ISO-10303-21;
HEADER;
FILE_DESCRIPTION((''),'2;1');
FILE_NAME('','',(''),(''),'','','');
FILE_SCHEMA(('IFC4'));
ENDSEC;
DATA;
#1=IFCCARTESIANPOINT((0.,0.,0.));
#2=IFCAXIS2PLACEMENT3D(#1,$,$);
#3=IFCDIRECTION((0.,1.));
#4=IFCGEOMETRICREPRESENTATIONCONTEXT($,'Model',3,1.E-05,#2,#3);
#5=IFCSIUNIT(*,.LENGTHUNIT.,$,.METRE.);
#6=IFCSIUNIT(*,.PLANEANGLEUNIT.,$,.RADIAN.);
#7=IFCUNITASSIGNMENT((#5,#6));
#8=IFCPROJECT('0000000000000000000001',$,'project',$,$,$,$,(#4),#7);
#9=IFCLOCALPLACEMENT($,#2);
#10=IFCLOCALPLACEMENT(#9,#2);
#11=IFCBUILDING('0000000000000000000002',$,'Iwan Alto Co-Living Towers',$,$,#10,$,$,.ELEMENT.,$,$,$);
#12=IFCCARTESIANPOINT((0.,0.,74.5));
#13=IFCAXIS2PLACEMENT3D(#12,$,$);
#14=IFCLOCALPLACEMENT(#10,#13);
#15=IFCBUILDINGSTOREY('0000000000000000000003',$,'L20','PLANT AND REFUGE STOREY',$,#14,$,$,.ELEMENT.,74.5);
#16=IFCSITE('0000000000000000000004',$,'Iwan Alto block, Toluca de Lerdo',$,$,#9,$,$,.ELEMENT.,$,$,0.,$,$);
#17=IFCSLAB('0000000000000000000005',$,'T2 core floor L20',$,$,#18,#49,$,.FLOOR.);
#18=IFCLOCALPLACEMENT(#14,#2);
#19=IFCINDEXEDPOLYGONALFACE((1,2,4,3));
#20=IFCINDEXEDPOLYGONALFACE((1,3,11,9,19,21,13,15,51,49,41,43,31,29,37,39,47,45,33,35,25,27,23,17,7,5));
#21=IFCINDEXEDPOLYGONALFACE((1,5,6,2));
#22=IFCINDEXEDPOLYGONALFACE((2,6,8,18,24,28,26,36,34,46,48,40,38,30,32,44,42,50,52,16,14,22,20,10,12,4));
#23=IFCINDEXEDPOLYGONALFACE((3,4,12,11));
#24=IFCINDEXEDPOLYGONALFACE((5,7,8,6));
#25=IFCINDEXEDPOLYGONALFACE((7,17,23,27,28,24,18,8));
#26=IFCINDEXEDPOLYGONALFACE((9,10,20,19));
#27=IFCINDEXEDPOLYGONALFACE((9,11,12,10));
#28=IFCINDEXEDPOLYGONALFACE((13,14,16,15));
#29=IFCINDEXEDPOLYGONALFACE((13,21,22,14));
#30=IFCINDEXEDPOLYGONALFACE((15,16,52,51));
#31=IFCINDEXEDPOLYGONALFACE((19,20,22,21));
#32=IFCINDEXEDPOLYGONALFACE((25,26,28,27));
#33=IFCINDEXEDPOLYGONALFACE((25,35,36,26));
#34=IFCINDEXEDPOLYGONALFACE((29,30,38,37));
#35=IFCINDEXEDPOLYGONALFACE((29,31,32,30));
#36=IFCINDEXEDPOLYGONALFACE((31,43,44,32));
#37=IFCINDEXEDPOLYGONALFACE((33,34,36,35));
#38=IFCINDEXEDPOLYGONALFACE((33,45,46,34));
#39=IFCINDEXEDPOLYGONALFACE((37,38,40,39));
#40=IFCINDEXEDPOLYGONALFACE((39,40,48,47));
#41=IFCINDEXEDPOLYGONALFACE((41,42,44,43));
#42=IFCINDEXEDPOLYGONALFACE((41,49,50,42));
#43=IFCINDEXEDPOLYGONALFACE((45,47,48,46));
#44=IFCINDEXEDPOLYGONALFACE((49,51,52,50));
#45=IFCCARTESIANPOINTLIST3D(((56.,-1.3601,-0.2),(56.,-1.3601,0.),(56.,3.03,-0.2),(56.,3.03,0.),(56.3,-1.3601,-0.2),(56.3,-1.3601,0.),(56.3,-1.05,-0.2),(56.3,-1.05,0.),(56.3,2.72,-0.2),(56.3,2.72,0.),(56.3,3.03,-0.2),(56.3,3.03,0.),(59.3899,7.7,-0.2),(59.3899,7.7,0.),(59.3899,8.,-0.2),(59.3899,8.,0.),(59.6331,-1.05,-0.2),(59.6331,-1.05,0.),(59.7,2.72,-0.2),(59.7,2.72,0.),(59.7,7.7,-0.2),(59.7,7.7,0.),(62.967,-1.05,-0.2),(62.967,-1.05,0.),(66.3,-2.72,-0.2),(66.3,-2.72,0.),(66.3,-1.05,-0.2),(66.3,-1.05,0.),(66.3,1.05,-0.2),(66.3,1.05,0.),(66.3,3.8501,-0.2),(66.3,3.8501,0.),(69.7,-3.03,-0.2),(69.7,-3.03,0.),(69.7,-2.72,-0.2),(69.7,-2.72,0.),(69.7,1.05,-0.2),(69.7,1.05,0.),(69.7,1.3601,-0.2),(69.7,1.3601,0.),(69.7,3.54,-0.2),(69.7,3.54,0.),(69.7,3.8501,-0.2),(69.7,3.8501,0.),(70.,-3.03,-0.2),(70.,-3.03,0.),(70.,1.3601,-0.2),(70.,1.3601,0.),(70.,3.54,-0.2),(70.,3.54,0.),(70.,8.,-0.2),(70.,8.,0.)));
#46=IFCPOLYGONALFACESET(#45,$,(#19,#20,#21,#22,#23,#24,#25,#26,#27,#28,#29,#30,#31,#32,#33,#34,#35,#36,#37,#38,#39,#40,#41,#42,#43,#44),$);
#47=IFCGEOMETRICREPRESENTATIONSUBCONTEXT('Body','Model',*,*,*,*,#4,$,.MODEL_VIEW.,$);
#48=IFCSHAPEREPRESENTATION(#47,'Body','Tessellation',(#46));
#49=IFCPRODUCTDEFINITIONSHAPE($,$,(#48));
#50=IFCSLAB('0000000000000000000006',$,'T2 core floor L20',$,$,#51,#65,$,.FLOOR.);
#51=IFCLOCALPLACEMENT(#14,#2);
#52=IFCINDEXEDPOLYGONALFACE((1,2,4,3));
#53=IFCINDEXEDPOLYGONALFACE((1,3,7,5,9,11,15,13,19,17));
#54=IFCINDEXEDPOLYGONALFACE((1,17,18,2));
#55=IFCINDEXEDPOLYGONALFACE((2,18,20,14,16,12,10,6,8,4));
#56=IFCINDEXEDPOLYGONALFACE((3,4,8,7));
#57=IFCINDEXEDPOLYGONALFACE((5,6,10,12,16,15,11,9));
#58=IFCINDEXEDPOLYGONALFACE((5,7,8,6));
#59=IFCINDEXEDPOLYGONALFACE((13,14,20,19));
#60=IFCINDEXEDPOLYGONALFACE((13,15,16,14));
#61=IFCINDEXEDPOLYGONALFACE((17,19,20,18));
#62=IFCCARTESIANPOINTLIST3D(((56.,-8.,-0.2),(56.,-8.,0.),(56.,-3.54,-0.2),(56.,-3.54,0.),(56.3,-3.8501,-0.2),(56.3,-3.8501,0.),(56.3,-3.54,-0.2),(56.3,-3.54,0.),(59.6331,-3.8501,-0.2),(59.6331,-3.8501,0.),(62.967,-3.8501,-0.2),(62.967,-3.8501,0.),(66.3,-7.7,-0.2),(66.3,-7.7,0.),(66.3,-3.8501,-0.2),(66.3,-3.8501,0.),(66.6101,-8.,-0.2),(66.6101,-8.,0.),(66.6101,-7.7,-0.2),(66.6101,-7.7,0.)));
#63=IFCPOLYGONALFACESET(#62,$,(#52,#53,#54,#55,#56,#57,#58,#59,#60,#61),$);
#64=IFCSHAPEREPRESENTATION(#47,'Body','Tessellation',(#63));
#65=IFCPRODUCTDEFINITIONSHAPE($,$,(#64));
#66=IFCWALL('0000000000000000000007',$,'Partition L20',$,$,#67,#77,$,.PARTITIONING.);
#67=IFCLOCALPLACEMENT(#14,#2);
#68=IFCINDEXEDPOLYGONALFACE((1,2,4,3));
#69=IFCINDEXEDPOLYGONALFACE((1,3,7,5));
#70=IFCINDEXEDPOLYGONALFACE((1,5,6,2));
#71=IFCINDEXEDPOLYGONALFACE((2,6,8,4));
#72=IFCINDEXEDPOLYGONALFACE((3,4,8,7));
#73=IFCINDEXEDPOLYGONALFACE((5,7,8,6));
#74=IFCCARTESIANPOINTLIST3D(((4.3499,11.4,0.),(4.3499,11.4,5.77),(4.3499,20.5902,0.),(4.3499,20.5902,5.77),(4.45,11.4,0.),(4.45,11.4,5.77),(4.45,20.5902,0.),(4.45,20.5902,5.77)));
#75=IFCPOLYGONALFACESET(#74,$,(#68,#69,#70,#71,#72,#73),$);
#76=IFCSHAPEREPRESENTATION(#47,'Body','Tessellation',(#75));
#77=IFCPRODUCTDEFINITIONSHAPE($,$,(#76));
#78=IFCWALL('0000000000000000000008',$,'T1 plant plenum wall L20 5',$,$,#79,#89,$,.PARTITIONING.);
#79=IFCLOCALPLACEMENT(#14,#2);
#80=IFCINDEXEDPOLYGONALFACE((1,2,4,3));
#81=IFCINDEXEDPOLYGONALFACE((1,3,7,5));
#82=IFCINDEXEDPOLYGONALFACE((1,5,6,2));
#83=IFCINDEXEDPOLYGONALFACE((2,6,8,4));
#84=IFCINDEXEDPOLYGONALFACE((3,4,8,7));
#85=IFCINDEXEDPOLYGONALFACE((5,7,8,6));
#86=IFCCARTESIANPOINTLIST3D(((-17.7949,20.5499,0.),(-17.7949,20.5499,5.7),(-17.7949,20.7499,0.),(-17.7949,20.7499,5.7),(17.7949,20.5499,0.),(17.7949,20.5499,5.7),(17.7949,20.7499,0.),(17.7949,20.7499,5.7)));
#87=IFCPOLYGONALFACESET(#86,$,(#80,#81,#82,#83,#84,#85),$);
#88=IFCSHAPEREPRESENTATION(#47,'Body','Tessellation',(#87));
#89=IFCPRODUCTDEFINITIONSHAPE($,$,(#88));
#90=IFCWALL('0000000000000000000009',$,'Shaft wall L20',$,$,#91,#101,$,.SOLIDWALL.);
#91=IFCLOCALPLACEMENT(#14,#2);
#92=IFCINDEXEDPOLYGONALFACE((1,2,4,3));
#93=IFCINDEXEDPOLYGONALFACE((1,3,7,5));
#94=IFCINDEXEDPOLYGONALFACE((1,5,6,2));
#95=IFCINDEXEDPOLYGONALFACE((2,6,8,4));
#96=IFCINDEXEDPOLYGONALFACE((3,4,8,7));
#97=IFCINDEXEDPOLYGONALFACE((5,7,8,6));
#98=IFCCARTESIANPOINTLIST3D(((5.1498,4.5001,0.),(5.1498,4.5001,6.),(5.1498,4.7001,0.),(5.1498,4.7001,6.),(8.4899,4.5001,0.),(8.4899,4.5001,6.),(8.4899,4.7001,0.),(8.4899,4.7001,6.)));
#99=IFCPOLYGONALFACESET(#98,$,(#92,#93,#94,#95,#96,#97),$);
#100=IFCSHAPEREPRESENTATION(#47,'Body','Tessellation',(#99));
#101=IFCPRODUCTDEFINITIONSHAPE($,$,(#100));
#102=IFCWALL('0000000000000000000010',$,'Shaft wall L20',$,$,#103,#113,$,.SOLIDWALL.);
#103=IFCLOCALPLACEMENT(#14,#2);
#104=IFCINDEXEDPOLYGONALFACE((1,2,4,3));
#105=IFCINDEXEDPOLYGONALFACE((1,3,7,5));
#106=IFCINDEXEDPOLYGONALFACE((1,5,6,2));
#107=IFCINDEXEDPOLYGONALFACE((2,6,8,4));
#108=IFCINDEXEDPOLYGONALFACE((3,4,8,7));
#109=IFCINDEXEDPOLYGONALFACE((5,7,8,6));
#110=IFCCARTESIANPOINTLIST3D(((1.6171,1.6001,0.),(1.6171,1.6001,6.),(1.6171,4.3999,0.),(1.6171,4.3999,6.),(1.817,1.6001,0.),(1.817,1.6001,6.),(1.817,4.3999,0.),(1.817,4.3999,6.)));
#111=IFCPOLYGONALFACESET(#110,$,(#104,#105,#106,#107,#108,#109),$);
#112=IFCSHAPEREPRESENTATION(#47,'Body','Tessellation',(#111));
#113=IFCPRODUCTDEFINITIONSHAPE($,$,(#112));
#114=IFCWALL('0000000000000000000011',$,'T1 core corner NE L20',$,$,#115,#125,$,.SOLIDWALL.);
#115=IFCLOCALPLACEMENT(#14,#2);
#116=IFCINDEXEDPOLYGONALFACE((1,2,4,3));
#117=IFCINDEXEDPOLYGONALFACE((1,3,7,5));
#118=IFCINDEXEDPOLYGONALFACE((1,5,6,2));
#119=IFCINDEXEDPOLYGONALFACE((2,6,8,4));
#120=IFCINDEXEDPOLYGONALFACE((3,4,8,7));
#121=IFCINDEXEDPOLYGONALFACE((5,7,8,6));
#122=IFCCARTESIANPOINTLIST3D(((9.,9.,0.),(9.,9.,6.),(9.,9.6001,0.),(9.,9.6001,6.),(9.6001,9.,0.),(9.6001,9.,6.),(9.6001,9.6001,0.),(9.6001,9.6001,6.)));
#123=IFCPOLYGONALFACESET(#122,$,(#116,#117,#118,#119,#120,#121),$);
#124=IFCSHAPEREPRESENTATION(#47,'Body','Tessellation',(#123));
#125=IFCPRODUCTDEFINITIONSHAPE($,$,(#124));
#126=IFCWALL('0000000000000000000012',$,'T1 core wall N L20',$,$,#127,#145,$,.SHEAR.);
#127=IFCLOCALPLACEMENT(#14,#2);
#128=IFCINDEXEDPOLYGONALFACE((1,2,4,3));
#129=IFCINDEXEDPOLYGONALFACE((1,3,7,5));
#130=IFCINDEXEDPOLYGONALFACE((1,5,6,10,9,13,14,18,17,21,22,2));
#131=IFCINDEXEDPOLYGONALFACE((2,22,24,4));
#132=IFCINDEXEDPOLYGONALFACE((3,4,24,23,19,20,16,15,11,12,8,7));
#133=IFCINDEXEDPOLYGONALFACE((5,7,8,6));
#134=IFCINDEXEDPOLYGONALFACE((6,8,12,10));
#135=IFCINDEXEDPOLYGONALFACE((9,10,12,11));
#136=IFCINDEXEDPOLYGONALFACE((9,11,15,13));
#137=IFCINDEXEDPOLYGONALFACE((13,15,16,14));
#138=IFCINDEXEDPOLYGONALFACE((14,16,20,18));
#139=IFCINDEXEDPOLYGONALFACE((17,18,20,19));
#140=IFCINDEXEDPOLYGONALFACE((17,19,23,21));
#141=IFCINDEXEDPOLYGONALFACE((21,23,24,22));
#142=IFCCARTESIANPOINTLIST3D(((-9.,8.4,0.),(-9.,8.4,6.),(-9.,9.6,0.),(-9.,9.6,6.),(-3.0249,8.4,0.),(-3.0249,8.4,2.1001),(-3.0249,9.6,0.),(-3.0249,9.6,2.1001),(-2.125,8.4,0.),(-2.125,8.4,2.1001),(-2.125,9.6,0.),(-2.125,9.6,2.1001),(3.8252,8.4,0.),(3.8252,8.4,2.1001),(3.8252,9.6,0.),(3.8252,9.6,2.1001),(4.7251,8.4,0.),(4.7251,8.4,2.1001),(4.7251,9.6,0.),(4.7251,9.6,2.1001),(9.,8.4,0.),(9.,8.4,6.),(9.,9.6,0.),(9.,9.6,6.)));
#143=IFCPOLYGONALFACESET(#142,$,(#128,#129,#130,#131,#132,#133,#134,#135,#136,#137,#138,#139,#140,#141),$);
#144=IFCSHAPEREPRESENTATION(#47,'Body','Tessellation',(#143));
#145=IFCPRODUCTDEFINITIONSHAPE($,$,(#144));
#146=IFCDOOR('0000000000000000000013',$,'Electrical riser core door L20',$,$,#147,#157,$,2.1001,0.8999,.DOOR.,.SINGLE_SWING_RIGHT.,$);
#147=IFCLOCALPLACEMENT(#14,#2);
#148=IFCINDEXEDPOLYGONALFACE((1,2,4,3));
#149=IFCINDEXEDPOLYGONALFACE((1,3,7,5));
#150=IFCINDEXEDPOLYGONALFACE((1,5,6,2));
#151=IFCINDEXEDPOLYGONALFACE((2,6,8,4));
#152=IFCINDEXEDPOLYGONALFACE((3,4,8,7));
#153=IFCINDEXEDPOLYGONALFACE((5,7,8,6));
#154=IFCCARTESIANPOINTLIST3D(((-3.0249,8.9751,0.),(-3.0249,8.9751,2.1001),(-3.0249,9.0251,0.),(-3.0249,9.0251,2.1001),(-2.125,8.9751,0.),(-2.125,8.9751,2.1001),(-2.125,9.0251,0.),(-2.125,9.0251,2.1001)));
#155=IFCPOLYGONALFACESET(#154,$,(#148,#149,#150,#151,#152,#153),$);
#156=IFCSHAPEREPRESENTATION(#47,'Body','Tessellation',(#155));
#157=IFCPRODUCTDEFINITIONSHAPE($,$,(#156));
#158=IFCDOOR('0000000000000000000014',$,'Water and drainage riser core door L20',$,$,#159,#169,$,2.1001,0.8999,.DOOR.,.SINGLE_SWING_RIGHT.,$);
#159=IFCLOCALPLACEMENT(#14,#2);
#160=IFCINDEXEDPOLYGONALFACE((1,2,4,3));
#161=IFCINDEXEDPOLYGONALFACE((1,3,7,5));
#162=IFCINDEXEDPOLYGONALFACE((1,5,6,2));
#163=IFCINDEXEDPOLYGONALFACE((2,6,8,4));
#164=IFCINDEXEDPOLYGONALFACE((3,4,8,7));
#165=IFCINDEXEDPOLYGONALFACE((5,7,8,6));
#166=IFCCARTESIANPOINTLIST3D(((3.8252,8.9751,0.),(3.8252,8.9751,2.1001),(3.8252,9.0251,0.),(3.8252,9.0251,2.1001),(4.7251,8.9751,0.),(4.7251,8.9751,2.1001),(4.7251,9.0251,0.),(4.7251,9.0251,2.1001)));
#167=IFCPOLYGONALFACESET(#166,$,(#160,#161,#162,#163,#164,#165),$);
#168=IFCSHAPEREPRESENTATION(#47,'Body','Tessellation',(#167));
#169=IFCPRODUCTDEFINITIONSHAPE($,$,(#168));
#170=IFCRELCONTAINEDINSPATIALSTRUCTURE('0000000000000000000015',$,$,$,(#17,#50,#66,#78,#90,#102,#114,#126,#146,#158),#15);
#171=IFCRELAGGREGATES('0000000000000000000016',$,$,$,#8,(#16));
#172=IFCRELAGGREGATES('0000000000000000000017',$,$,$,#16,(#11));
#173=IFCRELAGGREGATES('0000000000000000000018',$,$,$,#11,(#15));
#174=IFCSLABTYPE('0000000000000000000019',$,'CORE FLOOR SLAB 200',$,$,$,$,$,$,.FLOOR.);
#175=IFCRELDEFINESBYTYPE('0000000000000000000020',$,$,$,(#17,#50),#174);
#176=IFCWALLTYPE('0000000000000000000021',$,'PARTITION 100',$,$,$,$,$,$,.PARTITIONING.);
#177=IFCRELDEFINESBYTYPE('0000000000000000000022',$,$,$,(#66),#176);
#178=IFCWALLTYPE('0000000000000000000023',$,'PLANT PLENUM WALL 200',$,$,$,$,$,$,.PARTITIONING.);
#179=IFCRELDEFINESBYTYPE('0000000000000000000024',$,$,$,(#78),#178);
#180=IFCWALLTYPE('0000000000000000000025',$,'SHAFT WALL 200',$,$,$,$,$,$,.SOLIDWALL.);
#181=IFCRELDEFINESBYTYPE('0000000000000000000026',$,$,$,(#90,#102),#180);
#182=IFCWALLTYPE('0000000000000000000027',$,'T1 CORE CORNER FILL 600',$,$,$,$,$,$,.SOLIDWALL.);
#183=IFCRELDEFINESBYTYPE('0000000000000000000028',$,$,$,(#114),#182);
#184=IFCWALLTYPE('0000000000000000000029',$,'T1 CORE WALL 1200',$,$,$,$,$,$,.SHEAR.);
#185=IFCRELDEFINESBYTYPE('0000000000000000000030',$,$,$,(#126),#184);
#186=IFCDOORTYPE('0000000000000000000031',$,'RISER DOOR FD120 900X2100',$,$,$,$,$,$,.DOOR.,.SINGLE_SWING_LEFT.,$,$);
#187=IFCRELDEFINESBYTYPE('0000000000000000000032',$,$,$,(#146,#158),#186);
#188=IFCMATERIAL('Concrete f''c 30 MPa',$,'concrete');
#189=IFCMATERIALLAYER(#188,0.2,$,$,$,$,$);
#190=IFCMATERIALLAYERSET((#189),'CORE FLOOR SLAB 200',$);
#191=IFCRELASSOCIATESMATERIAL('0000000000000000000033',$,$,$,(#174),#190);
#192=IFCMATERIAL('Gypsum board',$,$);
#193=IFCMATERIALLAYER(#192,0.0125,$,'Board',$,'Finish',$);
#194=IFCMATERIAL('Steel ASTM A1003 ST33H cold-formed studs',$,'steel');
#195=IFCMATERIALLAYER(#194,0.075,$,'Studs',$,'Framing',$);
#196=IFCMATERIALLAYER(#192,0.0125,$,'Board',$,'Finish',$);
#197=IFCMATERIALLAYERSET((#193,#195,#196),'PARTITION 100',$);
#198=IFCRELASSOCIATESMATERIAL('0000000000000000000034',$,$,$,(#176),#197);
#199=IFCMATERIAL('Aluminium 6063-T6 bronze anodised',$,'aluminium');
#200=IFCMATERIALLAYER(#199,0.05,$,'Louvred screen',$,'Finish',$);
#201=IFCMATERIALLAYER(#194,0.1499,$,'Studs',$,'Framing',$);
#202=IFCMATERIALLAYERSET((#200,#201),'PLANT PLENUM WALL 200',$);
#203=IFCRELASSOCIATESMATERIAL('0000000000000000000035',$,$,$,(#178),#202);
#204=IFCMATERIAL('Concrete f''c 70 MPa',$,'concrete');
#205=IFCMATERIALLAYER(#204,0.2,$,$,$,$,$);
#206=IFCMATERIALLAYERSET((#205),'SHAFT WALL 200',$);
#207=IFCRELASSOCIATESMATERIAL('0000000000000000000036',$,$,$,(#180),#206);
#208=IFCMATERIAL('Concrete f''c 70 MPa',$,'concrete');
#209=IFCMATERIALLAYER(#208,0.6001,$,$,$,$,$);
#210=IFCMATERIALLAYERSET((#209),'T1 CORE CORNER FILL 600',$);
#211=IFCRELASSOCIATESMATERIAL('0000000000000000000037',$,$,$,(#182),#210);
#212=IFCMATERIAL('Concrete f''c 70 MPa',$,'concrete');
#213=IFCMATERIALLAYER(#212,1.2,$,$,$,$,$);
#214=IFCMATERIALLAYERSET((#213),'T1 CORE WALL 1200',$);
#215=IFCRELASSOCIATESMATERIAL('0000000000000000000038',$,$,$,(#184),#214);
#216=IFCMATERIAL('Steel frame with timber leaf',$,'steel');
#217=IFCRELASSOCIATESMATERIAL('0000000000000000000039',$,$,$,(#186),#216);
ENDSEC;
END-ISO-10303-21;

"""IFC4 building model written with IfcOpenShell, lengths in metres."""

from ifc_helpers import new_model, si_unit, direction, frame, frame_2d, origin, place, context, subcontext, project, spatial, polyline, rectangle, outline, extrude, material, layer, layer_set, type_object, element, fill, save


model = new_model("IFC4")

# Units and contexts
model_context = context("Model", 3, precision=1e-05, world=origin(), true_north=direction((0.0, 1.0)))
body_context = subcontext(model_context, "Body", "Model", "MODEL_VIEW")
ifc_project = project(units=[si_unit("LENGTHUNIT", "METRE"), si_unit("PLANEANGLEUNIT", "RADIAN")], contexts=[model_context])

# Site, building, storey
site_placement = place(None, origin())
site = spatial("IfcSite", under=ifc_project, at=site_placement, Name="Iwan Alto block, Toluca de Lerdo", CompositionType="ELEMENT", RefElevation=0.0)
building_placement = place(site_placement, origin())
building = spatial("IfcBuilding", under=site, at=building_placement, Name="Iwan Alto Co-Living Towers", CompositionType="ELEMENT")
storey_placement = place(building_placement, frame((0.0, 0.0, 74.5)))
storey = spatial("IfcBuildingStorey", under=building, at=storey_placement, Name="L20", Description="PLANT AND REFUGE STOREY", CompositionType="ELEMENT", Elevation=74.5)

# Slabs
ifc_material_1 = material(Name="Concrete f'c 30 MPa", Category="concrete")
ifc_layer_1 = layer(ifc_material_1, 0.2)
ifc_layer_set_1 = layer_set([ifc_layer_1], Name="CORE FLOOR SLAB 200")
slab_type = type_object("IfcSlabType", Name="CORE FLOOR SLAB 200", PredefinedType="FLOOR", material=ifc_layer_set_1)
slab_1_placement = place(storey_placement, frame((0.0, 0.0, -0.2)))
element("IfcSlab", 1, at=slab_1_placement, inside=storey, type_object=slab_type, Name="T2 core floor L20", PredefinedType="FLOOR", context=body_context, shape_type="SweptSolid", body=[
    extrude(outline(polyline([(70.0, -3.03), (69.7, -3.03), (69.7, -2.72), (66.3, -2.72), (66.3, -1.05), (62.967, -1.05), (59.6331, -1.05), (56.3, -1.05), (56.3, -1.3601), (56.0, -1.3601), (56.0, 3.03), (56.3, 3.03), (56.3, 2.72), (59.7, 2.72), (59.7, 7.7), (59.3899, 7.7), (59.3899, 8.0), (70.0, 8.0), (70.0, 3.54), (69.7, 3.54), (69.7, 3.8501), (66.3, 3.8501), (66.3, 1.05), (69.7, 1.05), (69.7, 1.3601), (70.0, 1.3601), (70.0, -3.03)])), origin(), (0.0, 0.0, 1.0), 0.2),
])
slab_2_placement = place(storey_placement, frame((0.0, 0.0, -0.2)))
element("IfcSlab", 2, at=slab_2_placement, inside=storey, type_object=slab_type, Name="T2 core floor L20", PredefinedType="FLOOR", context=body_context, shape_type="SweptSolid", body=[
    extrude(outline(polyline([(62.967, -3.8501), (66.3, -3.8501), (66.3, -7.7), (66.6101, -7.7), (66.6101, -8.0), (56.0, -8.0), (56.0, -3.54), (56.3, -3.54), (56.3, -3.8501), (59.6331, -3.8501), (62.967, -3.8501)])), origin(), (0.0, 0.0, 1.0), 0.2),
])

# Walls
ifc_material_2 = material(Name="Gypsum board")
ifc_layer_2 = layer(ifc_material_2, 0.0125, Name="Board", Category="Finish")
ifc_material_3 = material(Name="Steel ASTM A1003 ST33H cold-formed studs", Category="steel")
ifc_layer_3 = layer(ifc_material_3, 0.075, Name="Studs", Category="Framing")
ifc_layer_4 = layer(ifc_material_2, 0.0125, Name="Board", Category="Finish")
ifc_layer_set_2 = layer_set([ifc_layer_2, ifc_layer_3, ifc_layer_4], Name="PARTITION 100")
wall_type_1 = type_object("IfcWallType", Name="PARTITION 100", PredefinedType="PARTITIONING", material=ifc_layer_set_2)
wall_1_placement = place(storey_placement, frame((4.3999, 11.3999, 0.0), z_axis=(0.0, 0.0, 1.0), x_axis=(0.0, 1.0, 0.0)))
element("IfcWall", 3, at=wall_1_placement, inside=storey, type_object=wall_type_1, Name="Partition L20", PredefinedType="PARTITIONING", context=body_context, shape_type="SweptSolid", body=[
    extrude(rectangle(XDim=9.1902, YDim=0.1001, at=frame_2d((4.5952, 0.0))), origin(), (0.0, 0.0, 1.0), 5.77),
])
ifc_material_4 = material(Name="Aluminium 6063-T6 bronze anodised", Category="aluminium")
ifc_layer_5 = layer(ifc_material_4, 0.05, Name="Louvred screen", Category="Finish")
ifc_layer_6 = layer(ifc_material_3, 0.1499, Name="Studs", Category="Framing")
ifc_layer_set_3 = layer_set([ifc_layer_5, ifc_layer_6], Name="PLANT PLENUM WALL 200")
wall_type_2 = type_object("IfcWallType", Name="PLANT PLENUM WALL 200", PredefinedType="PARTITIONING", material=ifc_layer_set_3)
wall_2_placement = place(storey_placement, frame((17.7949, 20.6499, 0.0), z_axis=(0.0, 0.0, 1.0), x_axis=(-1.0, 0.0, 0.0)))
element("IfcWall", 4, at=wall_2_placement, inside=storey, type_object=wall_type_2, Name="T1 plant plenum wall L20 5", PredefinedType="PARTITIONING", context=body_context, shape_type="SweptSolid", body=[
    extrude(rectangle(XDim=35.5898, YDim=0.2, at=frame_2d((17.7949, 0.0))), origin(), (0.0, 0.0, 1.0), 5.7),
])
ifc_material_5 = material(Name="Concrete f'c 70 MPa", Category="concrete")
ifc_layer_7 = layer(ifc_material_5, 0.2)
ifc_layer_set_4 = layer_set([ifc_layer_7], Name="SHAFT WALL 200")
wall_type_3 = type_object("IfcWallType", Name="SHAFT WALL 200", PredefinedType="SOLIDWALL", material=ifc_layer_set_4)
wall_3_placement = place(storey_placement, frame((5.1499, 4.6001, 0.0), z_axis=(0.0, 0.0, 1.0), x_axis=(1.0, 0.0, 0.0)))
element("IfcWall", 5, at=wall_3_placement, inside=storey, type_object=wall_type_3, Name="Shaft wall L20", PredefinedType="SOLIDWALL", context=body_context, shape_type="SweptSolid", body=[
    extrude(rectangle(XDim=3.3401, YDim=0.2, at=frame_2d((1.6699, 0.0))), origin(), (0.0, 0.0, 1.0), 6.0),
])
wall_4_placement = place(storey_placement, frame((1.717, 1.6001, 0.0), z_axis=(0.0, 0.0, 1.0), x_axis=(0.0, 1.0, 0.0)))
element("IfcWall", 6, at=wall_4_placement, inside=storey, type_object=wall_type_3, Name="Shaft wall L20", PredefinedType="SOLIDWALL", context=body_context, shape_type="SweptSolid", body=[
    extrude(rectangle(XDim=2.7998, YDim=0.2, at=frame_2d((1.3999, 0.0))), origin(), (0.0, 0.0, 1.0), 6.0),
])
ifc_material_6 = material(Name="Concrete f'c 70 MPa", Category="concrete")
ifc_layer_8 = layer(ifc_material_6, 0.6001)
ifc_layer_set_5 = layer_set([ifc_layer_8], Name="T1 CORE CORNER FILL 600")
wall_type_4 = type_object("IfcWallType", Name="T1 CORE CORNER FILL 600", PredefinedType="SOLIDWALL", material=ifc_layer_set_5)
wall_5_placement = place(storey_placement, frame((9.0, 9.3, 0.0), z_axis=(0.0, 0.0, 1.0), x_axis=(1.0, 0.0, 0.0)))
element("IfcWall", 7, at=wall_5_placement, inside=storey, type_object=wall_type_4, Name="T1 core corner NE L20", PredefinedType="SOLIDWALL", context=body_context, shape_type="SweptSolid", body=[
    extrude(rectangle(XDim=0.6001, YDim=0.6001, at=frame_2d((0.3, 0.0))), origin(), (0.0, 0.0, 1.0), 6.0),
])

# Wall, openings, doors
ifc_material_7 = material(Name="Concrete f'c 70 MPa", Category="concrete")
ifc_layer_9 = layer(ifc_material_7, 1.2)
ifc_layer_set_6 = layer_set([ifc_layer_9], Name="T1 CORE WALL 1200")
wall_type_5 = type_object("IfcWallType", Name="T1 CORE WALL 1200", PredefinedType="SHEAR", material=ifc_layer_set_6)
wall_6_placement = place(storey_placement, frame((9.0, 9.0, 0.0), z_axis=(0.0, 0.0, 1.0), x_axis=(-1.0, 0.0, 0.0)))
wall_6 = element("IfcWall", 8, at=wall_6_placement, inside=storey, type_object=wall_type_5, Name="T1 core wall N L20", PredefinedType="SHEAR", context=body_context, shape_type="SweptSolid", body=[
    extrude(rectangle(XDim=18.0, YDim=1.2, at=frame_2d((9.0, 0.0))), origin(), (0.0, 0.0, 1.0), 6.0),
])
opening_1_placement = place(wall_6_placement, frame((11.125, 0.0, 0.0)))
opening_1 = element("IfcOpeningElement", 9, at=opening_1_placement, cuts=wall_6, PredefinedType="OPENING", context=body_context, shape_type="SweptSolid", body=[
    extrude(rectangle(XDim=0.8999, YDim=2.1001, at=frame_2d((0.45, 1.05))), frame((0.0, 0.6099, 0.0), z_axis=(0.0, -1.0, 0.0), x_axis=(1.0, 0.0, 0.0)), (0.0, 0.0, 1.0), 1.22),
])
opening_2_placement = place(wall_6_placement, frame((4.2749, 0.0, 0.0)))
opening_2 = element("IfcOpeningElement", 10, at=opening_2_placement, cuts=wall_6, PredefinedType="OPENING", context=body_context, shape_type="SweptSolid", body=[
    extrude(rectangle(XDim=0.8999, YDim=2.1001, at=frame_2d((0.45, 1.05))), frame((0.0, 0.6099, 0.0), z_axis=(0.0, -1.0, 0.0), x_axis=(1.0, 0.0, 0.0)), (0.0, 0.0, 1.0), 1.22),
])
ifc_material_8 = material(Name="Steel frame with timber leaf", Category="steel")
door_type = type_object("IfcDoorType", Name="RISER DOOR FD120 900X2100", OperationType="SINGLE_SWING_LEFT", PredefinedType="DOOR", material=ifc_material_8)
door_1_placement = place(opening_1_placement, origin())
door_1 = element("IfcDoor", 11, at=door_1_placement, inside=storey, type_object=door_type, Name="Electrical riser core door L20", OperationType="SINGLE_SWING_RIGHT", OverallHeight=2.1001, OverallWidth=0.8999, PredefinedType="DOOR", context=body_context, shape_type="SweptSolid", body=[
    extrude(rectangle(XDim=0.8999, YDim=2.1001, at=frame_2d((0.45, 1.05))), frame((0.0, 0.0249, 0.0), z_axis=(0.0, -1.0, 0.0), x_axis=(1.0, 0.0, 0.0)), (0.0, 0.0, 1.0), 0.05),
])
fill(opening_1, door_1)
door_2_placement = place(opening_2_placement, origin())
door_2 = element("IfcDoor", 12, at=door_2_placement, inside=storey, type_object=door_type, Name="Water and drainage riser core door L20", OperationType="SINGLE_SWING_RIGHT", OverallHeight=2.1001, OverallWidth=0.8999, PredefinedType="DOOR", context=body_context, shape_type="SweptSolid", body=[
    extrude(rectangle(XDim=0.8999, YDim=2.1001, at=frame_2d((0.45, 1.05))), frame((0.0, 0.0249, 0.0), z_axis=(0.0, -1.0, 0.0), x_axis=(1.0, 0.0, 0.0)), (0.0, 0.0, 1.0), 0.05),
])
fill(opening_2, door_2)

save(model, "model.ifc")
